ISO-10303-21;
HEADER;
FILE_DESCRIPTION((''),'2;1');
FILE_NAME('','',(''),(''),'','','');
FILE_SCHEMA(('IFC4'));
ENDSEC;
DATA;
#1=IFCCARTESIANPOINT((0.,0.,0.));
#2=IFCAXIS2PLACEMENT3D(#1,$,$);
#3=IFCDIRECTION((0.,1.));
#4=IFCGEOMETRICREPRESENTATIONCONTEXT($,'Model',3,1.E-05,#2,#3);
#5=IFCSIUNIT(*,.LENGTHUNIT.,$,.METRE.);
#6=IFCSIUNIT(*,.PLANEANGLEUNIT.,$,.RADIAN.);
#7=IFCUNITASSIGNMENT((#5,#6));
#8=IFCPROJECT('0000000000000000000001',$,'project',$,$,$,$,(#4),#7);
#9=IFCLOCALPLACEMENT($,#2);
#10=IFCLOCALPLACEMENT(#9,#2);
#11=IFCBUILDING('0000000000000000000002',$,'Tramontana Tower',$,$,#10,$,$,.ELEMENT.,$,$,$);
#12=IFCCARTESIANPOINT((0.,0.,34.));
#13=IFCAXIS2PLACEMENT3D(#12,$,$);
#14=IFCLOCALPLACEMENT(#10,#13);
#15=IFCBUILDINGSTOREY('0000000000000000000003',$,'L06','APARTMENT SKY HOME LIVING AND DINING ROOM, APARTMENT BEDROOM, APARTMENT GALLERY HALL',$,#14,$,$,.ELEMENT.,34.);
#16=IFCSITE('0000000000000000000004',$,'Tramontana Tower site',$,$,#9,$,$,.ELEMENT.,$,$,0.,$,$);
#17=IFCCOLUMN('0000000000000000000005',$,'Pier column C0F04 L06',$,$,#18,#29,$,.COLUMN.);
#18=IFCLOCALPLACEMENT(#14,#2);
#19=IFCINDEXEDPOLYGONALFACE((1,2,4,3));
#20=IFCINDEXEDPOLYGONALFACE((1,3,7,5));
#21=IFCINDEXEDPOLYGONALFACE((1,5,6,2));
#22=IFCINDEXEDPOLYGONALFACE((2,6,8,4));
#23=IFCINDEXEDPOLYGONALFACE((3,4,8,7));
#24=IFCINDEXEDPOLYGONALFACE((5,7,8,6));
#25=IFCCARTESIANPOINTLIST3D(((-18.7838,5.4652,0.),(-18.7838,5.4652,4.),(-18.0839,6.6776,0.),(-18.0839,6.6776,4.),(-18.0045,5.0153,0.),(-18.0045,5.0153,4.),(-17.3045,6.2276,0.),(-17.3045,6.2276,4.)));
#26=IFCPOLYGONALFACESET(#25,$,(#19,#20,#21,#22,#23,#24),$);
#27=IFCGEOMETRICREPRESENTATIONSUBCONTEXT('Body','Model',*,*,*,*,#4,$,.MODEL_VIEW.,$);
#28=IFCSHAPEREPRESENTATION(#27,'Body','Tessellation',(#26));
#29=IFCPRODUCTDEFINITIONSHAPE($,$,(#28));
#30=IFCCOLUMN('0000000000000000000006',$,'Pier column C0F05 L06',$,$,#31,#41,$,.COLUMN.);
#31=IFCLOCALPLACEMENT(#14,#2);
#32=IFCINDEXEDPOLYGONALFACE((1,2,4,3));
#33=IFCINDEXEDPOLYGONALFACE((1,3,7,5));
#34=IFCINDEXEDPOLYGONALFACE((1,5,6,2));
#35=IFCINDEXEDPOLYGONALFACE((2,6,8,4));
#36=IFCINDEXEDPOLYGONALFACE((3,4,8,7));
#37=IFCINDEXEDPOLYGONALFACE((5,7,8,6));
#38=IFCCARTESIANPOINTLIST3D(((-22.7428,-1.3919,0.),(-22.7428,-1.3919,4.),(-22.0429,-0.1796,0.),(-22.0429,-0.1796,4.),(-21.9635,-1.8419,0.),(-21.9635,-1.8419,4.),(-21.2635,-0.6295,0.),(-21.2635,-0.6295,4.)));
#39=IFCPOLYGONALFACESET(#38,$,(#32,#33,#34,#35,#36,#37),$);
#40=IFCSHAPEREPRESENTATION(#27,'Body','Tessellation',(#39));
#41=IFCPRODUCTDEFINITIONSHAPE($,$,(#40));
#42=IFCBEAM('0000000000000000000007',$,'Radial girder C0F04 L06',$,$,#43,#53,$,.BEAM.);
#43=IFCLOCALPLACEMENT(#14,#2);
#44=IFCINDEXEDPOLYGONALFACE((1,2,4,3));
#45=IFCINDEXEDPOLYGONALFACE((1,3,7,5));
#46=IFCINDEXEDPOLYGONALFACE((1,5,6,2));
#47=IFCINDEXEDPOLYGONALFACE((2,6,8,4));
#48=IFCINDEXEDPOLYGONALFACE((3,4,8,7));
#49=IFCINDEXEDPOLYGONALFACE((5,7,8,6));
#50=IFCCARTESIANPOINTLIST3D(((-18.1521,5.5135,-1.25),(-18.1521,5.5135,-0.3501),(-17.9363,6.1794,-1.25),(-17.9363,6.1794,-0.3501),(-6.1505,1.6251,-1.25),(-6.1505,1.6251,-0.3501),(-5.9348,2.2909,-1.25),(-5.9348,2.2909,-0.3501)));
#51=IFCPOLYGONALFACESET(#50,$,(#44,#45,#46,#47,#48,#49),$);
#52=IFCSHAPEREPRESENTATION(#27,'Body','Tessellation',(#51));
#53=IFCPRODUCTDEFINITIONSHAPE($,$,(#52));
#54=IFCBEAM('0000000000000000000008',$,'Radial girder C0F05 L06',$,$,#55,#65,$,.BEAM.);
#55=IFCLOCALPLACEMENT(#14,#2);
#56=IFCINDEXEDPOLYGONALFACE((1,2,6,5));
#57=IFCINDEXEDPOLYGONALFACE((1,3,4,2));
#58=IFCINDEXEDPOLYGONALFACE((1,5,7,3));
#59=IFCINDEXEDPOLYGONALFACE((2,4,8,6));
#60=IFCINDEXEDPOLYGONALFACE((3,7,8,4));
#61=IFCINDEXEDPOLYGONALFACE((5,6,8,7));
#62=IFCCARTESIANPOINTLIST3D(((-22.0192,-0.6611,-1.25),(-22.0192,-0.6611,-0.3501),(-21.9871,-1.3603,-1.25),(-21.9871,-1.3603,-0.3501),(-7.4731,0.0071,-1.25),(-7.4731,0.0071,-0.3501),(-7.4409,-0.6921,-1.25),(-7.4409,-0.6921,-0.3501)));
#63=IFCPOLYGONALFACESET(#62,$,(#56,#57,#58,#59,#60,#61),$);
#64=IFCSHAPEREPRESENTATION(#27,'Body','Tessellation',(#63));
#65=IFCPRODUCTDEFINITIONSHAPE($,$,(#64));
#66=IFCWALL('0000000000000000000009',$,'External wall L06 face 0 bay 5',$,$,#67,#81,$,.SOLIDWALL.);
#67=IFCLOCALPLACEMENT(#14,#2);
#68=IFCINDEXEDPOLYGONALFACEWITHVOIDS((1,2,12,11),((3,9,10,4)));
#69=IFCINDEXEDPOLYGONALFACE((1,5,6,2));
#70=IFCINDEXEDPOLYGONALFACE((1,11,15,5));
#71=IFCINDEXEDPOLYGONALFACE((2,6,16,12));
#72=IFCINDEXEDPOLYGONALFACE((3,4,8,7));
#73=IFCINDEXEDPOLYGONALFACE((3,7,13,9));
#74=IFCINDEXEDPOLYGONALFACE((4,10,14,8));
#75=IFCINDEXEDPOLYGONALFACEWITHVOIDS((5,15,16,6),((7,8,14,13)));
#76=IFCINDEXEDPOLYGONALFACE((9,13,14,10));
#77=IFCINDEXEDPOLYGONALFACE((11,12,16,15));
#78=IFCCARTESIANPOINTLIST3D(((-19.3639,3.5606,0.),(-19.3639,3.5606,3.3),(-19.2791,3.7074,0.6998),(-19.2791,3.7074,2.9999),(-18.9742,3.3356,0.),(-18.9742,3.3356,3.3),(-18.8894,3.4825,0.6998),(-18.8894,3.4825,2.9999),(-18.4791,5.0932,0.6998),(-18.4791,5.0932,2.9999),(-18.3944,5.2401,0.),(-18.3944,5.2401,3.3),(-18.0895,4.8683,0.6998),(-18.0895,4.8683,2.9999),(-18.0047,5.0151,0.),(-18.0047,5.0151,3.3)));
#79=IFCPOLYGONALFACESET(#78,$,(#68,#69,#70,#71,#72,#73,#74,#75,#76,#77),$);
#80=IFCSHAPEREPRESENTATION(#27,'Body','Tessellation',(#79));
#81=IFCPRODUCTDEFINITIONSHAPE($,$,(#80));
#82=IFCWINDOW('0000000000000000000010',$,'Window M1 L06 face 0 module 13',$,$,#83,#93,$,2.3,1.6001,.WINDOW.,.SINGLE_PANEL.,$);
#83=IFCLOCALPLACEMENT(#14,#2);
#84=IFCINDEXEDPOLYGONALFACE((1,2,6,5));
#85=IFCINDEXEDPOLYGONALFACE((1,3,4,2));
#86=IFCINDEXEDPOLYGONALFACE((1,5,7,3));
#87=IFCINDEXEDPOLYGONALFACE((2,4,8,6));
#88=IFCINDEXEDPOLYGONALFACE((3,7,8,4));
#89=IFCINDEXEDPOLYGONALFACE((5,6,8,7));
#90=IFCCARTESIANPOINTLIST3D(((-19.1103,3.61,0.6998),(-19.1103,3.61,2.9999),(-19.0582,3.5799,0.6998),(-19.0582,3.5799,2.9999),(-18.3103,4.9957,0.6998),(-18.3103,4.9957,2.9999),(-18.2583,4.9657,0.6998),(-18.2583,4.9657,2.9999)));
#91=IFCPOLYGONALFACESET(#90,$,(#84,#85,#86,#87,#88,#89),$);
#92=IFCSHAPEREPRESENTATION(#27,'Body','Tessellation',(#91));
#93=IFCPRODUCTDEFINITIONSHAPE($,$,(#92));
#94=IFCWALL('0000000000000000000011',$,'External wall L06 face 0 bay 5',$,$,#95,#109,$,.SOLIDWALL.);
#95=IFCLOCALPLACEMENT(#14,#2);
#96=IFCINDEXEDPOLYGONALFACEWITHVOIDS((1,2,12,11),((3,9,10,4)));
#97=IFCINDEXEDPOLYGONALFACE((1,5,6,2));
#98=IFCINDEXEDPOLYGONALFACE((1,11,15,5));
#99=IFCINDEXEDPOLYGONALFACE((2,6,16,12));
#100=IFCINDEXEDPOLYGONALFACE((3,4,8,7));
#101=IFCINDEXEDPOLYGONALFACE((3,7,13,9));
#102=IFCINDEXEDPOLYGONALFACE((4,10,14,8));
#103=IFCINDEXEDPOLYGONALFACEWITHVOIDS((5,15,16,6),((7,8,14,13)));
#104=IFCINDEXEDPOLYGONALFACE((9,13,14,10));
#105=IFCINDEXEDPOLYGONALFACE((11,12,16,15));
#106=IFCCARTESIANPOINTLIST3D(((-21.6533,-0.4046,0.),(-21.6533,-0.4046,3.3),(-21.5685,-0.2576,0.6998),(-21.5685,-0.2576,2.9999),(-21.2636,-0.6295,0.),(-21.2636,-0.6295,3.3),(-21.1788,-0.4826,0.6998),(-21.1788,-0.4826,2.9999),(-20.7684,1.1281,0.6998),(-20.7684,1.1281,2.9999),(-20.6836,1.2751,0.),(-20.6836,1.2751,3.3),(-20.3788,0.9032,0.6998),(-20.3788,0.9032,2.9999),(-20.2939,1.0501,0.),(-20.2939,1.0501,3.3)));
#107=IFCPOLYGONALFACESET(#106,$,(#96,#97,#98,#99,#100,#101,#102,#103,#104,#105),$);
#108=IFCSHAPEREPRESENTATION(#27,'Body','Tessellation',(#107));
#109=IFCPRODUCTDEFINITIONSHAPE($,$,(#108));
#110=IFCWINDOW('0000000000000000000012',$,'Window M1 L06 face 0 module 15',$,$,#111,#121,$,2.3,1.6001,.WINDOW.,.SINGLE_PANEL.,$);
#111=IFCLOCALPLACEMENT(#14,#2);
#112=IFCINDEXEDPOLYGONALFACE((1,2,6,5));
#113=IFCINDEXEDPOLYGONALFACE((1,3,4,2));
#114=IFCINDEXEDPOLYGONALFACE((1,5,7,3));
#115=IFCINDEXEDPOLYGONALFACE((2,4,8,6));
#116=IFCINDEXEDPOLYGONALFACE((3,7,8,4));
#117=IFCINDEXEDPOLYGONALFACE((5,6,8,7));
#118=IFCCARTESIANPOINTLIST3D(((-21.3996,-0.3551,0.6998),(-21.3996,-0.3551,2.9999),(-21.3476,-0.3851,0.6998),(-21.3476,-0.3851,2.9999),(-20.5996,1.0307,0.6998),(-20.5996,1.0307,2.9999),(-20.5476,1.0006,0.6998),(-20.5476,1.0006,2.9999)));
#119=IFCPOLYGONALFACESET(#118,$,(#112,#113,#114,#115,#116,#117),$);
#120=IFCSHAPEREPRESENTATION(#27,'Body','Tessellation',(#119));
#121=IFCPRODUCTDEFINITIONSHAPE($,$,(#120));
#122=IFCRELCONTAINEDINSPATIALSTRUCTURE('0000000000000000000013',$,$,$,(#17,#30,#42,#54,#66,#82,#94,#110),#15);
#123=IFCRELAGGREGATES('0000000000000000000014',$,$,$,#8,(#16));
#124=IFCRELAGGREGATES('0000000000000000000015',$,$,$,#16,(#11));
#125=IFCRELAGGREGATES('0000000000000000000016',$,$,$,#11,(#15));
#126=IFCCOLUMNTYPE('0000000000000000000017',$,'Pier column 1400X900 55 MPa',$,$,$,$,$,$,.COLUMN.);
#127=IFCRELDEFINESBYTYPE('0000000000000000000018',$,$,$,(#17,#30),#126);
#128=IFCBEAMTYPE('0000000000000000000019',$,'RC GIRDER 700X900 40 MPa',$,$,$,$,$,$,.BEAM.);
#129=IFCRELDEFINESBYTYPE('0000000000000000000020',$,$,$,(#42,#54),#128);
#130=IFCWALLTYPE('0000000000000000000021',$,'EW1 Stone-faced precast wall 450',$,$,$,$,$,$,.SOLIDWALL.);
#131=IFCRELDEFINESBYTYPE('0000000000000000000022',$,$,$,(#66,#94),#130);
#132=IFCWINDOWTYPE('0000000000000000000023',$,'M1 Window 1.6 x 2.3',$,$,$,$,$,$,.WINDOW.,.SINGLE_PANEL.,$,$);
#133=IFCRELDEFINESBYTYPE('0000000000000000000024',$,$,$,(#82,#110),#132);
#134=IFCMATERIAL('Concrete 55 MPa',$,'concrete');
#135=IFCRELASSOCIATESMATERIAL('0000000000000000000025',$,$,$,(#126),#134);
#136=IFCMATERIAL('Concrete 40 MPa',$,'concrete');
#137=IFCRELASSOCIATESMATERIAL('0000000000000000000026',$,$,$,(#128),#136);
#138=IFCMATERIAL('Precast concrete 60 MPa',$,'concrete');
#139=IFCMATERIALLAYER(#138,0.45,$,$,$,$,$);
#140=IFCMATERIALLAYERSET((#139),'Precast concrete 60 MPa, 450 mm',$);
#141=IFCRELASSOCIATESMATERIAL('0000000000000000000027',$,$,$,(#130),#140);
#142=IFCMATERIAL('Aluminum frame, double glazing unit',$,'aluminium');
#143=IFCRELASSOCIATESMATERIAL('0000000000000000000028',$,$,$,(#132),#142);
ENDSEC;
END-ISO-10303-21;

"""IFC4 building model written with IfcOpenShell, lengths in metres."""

from ifc_helpers import new_model, si_unit, direction, frame, frame_2d, origin, origin_2d, place, context, subcontext, project, spatial, rectangle, extrude, material, layer, layer_set, material_profile, profile_set, type_object, element, fill, save


model = new_model("IFC4")

# Units and contexts
model_context = context("Model", 3, precision=1e-05, world=origin(), true_north=direction((0.0, 1.0)))
body_context = subcontext(model_context, "Body", "Model", "MODEL_VIEW")
ifc_project = project(units=[si_unit("LENGTHUNIT", "METRE"), si_unit("PLANEANGLEUNIT", "RADIAN")], contexts=[model_context])

# Site, building, storey
site_placement = place(None, origin())
site = spatial("IfcSite", under=ifc_project, at=site_placement, Name="Tramontana Tower site", CompositionType="ELEMENT", RefElevation=0.0)
building_placement = place(site_placement, origin())
building = spatial("IfcBuilding", under=site, at=building_placement, Name="Tramontana Tower", CompositionType="ELEMENT")
storey_placement = place(building_placement, frame((0.0, 0.0, 34.0)))
storey = spatial("IfcBuildingStorey", under=building, at=storey_placement, Name="L06", Description="APARTMENT SKY HOME LIVING AND DINING ROOM, APARTMENT BEDROOM, APARTMENT GALLERY HALL", CompositionType="ELEMENT", Elevation=34.0)

# Columns
ifc_material_1 = material(Name="Concrete 55 MPa", Category="concrete")
ifc_material_profile_1 = material_profile(ifc_material_1, rectangle(XDim=1.3999, YDim=0.8999, at=origin_2d()), Name="Pier column 1400X900 55 MPa")
ifc_profile_set_1 = profile_set([ifc_material_profile_1], Name="Concrete 55 MPa")
column_type = type_object("IfcColumnType", Name="Pier column 1400X900 55 MPa", PredefinedType="COLUMN", material=ifc_profile_set_1)
for number, where, z_axis, x_axis, name in (
    (1, (-18.0442, 5.8464, 0.0), (0.0, 0.0, 1.0), (-0.5, -0.866025, 0.0), "Pier column C0F04 L06"),
    (2, (-22.0032, -1.0107, 0.0), (0.0, 0.0, 1.0), (-0.5, -0.866025, 0.0), "Pier column C0F05 L06"),
):
    element("IfcColumn", number, at=place(storey_placement, frame(where, z_axis=z_axis, x_axis=x_axis)), inside=storey, type_object=column_type, Name=name, PredefinedType="COLUMN", context=body_context, shape_type="SweptSolid", body=[
        extrude(rectangle(XDim=1.3999, YDim=0.8999, at=origin_2d()), origin(), (0.0, 0.0, 1.0), 4.0),
    ])

# Beams
ifc_material_2 = material(Name="Concrete 40 MPa", Category="concrete")
ifc_material_profile_2 = material_profile(ifc_material_2, rectangle(XDim=0.7, YDim=0.8999, at=origin_2d()), Name="RC GIRDER 700X900 40 MPa")
ifc_profile_set_2 = profile_set([ifc_material_profile_2], Name="Concrete 40 MPa")
beam_type = type_object("IfcBeamType", Name="RC GIRDER 700X900 40 MPa", PredefinedType="BEAM", material=ifc_profile_set_2)
beam_1_placement = place(storey_placement, frame((-18.0442, 5.8464, -0.8), z_axis=(0.951314, -0.308222, 0.0), x_axis=(0.308222, 0.951314, 0.0)))
element("IfcBeam", 3, at=beam_1_placement, inside=storey, type_object=beam_type, Name="Radial girder C0F04 L06", PredefinedType="BEAM", context=body_context, shape_type="SweptSolid", body=[
    extrude(rectangle(XDim=0.7, YDim=0.8999, at=origin_2d()), origin(), (0.0, 0.0, 1.0), 12.6157),
])
beam_2_placement = place(storey_placement, frame((-22.0032, -1.0107, -0.8), z_axis=(0.998947, 0.045889, 0.0), x_axis=(-0.045889, 0.998947, 0.0)))
element("IfcBeam", 4, at=beam_2_placement, inside=storey, type_object=beam_type, Name="Radial girder C0F05 L06", PredefinedType="BEAM", context=body_context, shape_type="SweptSolid", body=[
    extrude(rectangle(XDim=0.7, YDim=0.8999, at=origin_2d()), origin(), (0.0, 0.0, 1.0), 14.5615),
])

# Walls, openings, windows
ifc_material_3 = material(Name="Precast concrete 60 MPa", Category="concrete")
ifc_layer_1 = layer(ifc_material_3, 0.45)
ifc_layer_set_1 = layer_set([ifc_layer_1], Name="Precast concrete 60 MPa, 450 mm")
wall_type_1 = type_object("IfcWallType", Name="EW1 Stone-faced precast wall 450", PredefinedType="SOLIDWALL", material=ifc_layer_set_1)
wall_1_placement = place(storey_placement, frame((-18.1995, 5.1277, 0.0), z_axis=(0.0, 0.0, 1.0), x_axis=(-0.499944, -0.866058, 0.0)))
wall_1 = element("IfcWall", 5, at=wall_1_placement, inside=storey, type_object=wall_type_1, Name="External wall L06 face 0 bay 5", PredefinedType="SOLIDWALL", context=body_context, shape_type="SweptSolid", body=[
    extrude(rectangle(XDim=1.9392, YDim=0.45, at=frame_2d((0.9697, 0.0))), origin(), (0.0, 0.0, 1.0), 3.3),
])
opening_1_placement = place(wall_1_placement, frame((0.1697, 0.0, 0.7)))
opening_1 = element("IfcOpeningElement", 6, at=opening_1_placement, cuts=wall_1, PredefinedType="OPENING", context=body_context, shape_type="SweptSolid", body=[
    extrude(rectangle(XDim=1.6001, YDim=2.3, at=frame_2d((0.8, 1.1499))), frame((0.0, 0.2349, 0.0), z_axis=(0.0, -1.0, 0.0), x_axis=(1.0, 0.0, 0.0)), (0.0, 0.0, 1.0), 0.47),
])
ifc_material_4 = material(Name="Aluminum frame, double glazing unit", Category="aluminium")
window_type_1 = type_object("IfcWindowType", Name="M1 Window 1.6 x 2.3", PartitioningType="SINGLE_PANEL", PredefinedType="WINDOW", material=ifc_material_4)
window_1_placement = place(opening_1_placement, origin())
window_1 = element("IfcWindow", 7, at=window_1_placement, inside=storey, type_object=window_type_1, Name="Window M1 L06 face 0 module 13", OverallHeight=2.3, OverallWidth=1.6001, PartitioningType="SINGLE_PANEL", PredefinedType="WINDOW", context=body_context, shape_type="SweptSolid", body=[
    extrude(rectangle(XDim=1.6001, YDim=2.3, at=frame_2d((0.8, 1.1499))), frame((0.0, 0.03, 0.0), z_axis=(0.0, -1.0, 0.0), x_axis=(1.0, 0.0, 0.0)), (0.0, 0.0, 1.0), 0.0601),
])
fill(opening_1, window_1)
wall_2_placement = place(storey_placement, frame((-20.4888, 1.1626, 0.0), z_axis=(0.0, 0.0, 1.0), x_axis=(-0.499984, -0.866035, 0.0)))
wall_2 = element("IfcWall", 8, at=wall_2_placement, inside=storey, type_object=wall_type_1, Name="External wall L06 face 0 bay 5", PredefinedType="SOLIDWALL", context=body_context, shape_type="SweptSolid", body=[
    extrude(rectangle(XDim=1.9395, YDim=0.45, at=frame_2d((0.9697, 0.0))), origin(), (0.0, 0.0, 1.0), 3.3),
])
opening_2_placement = place(wall_2_placement, frame((0.1697, 0.0, 0.7)))
opening_2 = element("IfcOpeningElement", 9, at=opening_2_placement, cuts=wall_2, PredefinedType="OPENING", context=body_context, shape_type="SweptSolid", body=[
    extrude(rectangle(XDim=1.6001, YDim=2.3, at=frame_2d((0.8, 1.1499))), frame((0.0, 0.2349, 0.0), z_axis=(0.0, -1.0, 0.0), x_axis=(1.0, 0.0, 0.0)), (0.0, 0.0, 1.0), 0.47),
])
window_2_placement = place(opening_2_placement, origin())
window_2 = element("IfcWindow", 10, at=window_2_placement, inside=storey, type_object=window_type_1, Name="Window M1 L06 face 0 module 15", OverallHeight=2.3, OverallWidth=1.6001, PartitioningType="SINGLE_PANEL", PredefinedType="WINDOW", context=body_context, shape_type="SweptSolid", body=[
    extrude(rectangle(XDim=1.6001, YDim=2.3, at=frame_2d((0.8, 1.1499))), frame((0.0, 0.03, 0.0), z_axis=(0.0, -1.0, 0.0), x_axis=(1.0, 0.0, 0.0)), (0.0, 0.0, 1.0), 0.0601),
])
fill(opening_2, window_2)

save(model, "model.ifc")
